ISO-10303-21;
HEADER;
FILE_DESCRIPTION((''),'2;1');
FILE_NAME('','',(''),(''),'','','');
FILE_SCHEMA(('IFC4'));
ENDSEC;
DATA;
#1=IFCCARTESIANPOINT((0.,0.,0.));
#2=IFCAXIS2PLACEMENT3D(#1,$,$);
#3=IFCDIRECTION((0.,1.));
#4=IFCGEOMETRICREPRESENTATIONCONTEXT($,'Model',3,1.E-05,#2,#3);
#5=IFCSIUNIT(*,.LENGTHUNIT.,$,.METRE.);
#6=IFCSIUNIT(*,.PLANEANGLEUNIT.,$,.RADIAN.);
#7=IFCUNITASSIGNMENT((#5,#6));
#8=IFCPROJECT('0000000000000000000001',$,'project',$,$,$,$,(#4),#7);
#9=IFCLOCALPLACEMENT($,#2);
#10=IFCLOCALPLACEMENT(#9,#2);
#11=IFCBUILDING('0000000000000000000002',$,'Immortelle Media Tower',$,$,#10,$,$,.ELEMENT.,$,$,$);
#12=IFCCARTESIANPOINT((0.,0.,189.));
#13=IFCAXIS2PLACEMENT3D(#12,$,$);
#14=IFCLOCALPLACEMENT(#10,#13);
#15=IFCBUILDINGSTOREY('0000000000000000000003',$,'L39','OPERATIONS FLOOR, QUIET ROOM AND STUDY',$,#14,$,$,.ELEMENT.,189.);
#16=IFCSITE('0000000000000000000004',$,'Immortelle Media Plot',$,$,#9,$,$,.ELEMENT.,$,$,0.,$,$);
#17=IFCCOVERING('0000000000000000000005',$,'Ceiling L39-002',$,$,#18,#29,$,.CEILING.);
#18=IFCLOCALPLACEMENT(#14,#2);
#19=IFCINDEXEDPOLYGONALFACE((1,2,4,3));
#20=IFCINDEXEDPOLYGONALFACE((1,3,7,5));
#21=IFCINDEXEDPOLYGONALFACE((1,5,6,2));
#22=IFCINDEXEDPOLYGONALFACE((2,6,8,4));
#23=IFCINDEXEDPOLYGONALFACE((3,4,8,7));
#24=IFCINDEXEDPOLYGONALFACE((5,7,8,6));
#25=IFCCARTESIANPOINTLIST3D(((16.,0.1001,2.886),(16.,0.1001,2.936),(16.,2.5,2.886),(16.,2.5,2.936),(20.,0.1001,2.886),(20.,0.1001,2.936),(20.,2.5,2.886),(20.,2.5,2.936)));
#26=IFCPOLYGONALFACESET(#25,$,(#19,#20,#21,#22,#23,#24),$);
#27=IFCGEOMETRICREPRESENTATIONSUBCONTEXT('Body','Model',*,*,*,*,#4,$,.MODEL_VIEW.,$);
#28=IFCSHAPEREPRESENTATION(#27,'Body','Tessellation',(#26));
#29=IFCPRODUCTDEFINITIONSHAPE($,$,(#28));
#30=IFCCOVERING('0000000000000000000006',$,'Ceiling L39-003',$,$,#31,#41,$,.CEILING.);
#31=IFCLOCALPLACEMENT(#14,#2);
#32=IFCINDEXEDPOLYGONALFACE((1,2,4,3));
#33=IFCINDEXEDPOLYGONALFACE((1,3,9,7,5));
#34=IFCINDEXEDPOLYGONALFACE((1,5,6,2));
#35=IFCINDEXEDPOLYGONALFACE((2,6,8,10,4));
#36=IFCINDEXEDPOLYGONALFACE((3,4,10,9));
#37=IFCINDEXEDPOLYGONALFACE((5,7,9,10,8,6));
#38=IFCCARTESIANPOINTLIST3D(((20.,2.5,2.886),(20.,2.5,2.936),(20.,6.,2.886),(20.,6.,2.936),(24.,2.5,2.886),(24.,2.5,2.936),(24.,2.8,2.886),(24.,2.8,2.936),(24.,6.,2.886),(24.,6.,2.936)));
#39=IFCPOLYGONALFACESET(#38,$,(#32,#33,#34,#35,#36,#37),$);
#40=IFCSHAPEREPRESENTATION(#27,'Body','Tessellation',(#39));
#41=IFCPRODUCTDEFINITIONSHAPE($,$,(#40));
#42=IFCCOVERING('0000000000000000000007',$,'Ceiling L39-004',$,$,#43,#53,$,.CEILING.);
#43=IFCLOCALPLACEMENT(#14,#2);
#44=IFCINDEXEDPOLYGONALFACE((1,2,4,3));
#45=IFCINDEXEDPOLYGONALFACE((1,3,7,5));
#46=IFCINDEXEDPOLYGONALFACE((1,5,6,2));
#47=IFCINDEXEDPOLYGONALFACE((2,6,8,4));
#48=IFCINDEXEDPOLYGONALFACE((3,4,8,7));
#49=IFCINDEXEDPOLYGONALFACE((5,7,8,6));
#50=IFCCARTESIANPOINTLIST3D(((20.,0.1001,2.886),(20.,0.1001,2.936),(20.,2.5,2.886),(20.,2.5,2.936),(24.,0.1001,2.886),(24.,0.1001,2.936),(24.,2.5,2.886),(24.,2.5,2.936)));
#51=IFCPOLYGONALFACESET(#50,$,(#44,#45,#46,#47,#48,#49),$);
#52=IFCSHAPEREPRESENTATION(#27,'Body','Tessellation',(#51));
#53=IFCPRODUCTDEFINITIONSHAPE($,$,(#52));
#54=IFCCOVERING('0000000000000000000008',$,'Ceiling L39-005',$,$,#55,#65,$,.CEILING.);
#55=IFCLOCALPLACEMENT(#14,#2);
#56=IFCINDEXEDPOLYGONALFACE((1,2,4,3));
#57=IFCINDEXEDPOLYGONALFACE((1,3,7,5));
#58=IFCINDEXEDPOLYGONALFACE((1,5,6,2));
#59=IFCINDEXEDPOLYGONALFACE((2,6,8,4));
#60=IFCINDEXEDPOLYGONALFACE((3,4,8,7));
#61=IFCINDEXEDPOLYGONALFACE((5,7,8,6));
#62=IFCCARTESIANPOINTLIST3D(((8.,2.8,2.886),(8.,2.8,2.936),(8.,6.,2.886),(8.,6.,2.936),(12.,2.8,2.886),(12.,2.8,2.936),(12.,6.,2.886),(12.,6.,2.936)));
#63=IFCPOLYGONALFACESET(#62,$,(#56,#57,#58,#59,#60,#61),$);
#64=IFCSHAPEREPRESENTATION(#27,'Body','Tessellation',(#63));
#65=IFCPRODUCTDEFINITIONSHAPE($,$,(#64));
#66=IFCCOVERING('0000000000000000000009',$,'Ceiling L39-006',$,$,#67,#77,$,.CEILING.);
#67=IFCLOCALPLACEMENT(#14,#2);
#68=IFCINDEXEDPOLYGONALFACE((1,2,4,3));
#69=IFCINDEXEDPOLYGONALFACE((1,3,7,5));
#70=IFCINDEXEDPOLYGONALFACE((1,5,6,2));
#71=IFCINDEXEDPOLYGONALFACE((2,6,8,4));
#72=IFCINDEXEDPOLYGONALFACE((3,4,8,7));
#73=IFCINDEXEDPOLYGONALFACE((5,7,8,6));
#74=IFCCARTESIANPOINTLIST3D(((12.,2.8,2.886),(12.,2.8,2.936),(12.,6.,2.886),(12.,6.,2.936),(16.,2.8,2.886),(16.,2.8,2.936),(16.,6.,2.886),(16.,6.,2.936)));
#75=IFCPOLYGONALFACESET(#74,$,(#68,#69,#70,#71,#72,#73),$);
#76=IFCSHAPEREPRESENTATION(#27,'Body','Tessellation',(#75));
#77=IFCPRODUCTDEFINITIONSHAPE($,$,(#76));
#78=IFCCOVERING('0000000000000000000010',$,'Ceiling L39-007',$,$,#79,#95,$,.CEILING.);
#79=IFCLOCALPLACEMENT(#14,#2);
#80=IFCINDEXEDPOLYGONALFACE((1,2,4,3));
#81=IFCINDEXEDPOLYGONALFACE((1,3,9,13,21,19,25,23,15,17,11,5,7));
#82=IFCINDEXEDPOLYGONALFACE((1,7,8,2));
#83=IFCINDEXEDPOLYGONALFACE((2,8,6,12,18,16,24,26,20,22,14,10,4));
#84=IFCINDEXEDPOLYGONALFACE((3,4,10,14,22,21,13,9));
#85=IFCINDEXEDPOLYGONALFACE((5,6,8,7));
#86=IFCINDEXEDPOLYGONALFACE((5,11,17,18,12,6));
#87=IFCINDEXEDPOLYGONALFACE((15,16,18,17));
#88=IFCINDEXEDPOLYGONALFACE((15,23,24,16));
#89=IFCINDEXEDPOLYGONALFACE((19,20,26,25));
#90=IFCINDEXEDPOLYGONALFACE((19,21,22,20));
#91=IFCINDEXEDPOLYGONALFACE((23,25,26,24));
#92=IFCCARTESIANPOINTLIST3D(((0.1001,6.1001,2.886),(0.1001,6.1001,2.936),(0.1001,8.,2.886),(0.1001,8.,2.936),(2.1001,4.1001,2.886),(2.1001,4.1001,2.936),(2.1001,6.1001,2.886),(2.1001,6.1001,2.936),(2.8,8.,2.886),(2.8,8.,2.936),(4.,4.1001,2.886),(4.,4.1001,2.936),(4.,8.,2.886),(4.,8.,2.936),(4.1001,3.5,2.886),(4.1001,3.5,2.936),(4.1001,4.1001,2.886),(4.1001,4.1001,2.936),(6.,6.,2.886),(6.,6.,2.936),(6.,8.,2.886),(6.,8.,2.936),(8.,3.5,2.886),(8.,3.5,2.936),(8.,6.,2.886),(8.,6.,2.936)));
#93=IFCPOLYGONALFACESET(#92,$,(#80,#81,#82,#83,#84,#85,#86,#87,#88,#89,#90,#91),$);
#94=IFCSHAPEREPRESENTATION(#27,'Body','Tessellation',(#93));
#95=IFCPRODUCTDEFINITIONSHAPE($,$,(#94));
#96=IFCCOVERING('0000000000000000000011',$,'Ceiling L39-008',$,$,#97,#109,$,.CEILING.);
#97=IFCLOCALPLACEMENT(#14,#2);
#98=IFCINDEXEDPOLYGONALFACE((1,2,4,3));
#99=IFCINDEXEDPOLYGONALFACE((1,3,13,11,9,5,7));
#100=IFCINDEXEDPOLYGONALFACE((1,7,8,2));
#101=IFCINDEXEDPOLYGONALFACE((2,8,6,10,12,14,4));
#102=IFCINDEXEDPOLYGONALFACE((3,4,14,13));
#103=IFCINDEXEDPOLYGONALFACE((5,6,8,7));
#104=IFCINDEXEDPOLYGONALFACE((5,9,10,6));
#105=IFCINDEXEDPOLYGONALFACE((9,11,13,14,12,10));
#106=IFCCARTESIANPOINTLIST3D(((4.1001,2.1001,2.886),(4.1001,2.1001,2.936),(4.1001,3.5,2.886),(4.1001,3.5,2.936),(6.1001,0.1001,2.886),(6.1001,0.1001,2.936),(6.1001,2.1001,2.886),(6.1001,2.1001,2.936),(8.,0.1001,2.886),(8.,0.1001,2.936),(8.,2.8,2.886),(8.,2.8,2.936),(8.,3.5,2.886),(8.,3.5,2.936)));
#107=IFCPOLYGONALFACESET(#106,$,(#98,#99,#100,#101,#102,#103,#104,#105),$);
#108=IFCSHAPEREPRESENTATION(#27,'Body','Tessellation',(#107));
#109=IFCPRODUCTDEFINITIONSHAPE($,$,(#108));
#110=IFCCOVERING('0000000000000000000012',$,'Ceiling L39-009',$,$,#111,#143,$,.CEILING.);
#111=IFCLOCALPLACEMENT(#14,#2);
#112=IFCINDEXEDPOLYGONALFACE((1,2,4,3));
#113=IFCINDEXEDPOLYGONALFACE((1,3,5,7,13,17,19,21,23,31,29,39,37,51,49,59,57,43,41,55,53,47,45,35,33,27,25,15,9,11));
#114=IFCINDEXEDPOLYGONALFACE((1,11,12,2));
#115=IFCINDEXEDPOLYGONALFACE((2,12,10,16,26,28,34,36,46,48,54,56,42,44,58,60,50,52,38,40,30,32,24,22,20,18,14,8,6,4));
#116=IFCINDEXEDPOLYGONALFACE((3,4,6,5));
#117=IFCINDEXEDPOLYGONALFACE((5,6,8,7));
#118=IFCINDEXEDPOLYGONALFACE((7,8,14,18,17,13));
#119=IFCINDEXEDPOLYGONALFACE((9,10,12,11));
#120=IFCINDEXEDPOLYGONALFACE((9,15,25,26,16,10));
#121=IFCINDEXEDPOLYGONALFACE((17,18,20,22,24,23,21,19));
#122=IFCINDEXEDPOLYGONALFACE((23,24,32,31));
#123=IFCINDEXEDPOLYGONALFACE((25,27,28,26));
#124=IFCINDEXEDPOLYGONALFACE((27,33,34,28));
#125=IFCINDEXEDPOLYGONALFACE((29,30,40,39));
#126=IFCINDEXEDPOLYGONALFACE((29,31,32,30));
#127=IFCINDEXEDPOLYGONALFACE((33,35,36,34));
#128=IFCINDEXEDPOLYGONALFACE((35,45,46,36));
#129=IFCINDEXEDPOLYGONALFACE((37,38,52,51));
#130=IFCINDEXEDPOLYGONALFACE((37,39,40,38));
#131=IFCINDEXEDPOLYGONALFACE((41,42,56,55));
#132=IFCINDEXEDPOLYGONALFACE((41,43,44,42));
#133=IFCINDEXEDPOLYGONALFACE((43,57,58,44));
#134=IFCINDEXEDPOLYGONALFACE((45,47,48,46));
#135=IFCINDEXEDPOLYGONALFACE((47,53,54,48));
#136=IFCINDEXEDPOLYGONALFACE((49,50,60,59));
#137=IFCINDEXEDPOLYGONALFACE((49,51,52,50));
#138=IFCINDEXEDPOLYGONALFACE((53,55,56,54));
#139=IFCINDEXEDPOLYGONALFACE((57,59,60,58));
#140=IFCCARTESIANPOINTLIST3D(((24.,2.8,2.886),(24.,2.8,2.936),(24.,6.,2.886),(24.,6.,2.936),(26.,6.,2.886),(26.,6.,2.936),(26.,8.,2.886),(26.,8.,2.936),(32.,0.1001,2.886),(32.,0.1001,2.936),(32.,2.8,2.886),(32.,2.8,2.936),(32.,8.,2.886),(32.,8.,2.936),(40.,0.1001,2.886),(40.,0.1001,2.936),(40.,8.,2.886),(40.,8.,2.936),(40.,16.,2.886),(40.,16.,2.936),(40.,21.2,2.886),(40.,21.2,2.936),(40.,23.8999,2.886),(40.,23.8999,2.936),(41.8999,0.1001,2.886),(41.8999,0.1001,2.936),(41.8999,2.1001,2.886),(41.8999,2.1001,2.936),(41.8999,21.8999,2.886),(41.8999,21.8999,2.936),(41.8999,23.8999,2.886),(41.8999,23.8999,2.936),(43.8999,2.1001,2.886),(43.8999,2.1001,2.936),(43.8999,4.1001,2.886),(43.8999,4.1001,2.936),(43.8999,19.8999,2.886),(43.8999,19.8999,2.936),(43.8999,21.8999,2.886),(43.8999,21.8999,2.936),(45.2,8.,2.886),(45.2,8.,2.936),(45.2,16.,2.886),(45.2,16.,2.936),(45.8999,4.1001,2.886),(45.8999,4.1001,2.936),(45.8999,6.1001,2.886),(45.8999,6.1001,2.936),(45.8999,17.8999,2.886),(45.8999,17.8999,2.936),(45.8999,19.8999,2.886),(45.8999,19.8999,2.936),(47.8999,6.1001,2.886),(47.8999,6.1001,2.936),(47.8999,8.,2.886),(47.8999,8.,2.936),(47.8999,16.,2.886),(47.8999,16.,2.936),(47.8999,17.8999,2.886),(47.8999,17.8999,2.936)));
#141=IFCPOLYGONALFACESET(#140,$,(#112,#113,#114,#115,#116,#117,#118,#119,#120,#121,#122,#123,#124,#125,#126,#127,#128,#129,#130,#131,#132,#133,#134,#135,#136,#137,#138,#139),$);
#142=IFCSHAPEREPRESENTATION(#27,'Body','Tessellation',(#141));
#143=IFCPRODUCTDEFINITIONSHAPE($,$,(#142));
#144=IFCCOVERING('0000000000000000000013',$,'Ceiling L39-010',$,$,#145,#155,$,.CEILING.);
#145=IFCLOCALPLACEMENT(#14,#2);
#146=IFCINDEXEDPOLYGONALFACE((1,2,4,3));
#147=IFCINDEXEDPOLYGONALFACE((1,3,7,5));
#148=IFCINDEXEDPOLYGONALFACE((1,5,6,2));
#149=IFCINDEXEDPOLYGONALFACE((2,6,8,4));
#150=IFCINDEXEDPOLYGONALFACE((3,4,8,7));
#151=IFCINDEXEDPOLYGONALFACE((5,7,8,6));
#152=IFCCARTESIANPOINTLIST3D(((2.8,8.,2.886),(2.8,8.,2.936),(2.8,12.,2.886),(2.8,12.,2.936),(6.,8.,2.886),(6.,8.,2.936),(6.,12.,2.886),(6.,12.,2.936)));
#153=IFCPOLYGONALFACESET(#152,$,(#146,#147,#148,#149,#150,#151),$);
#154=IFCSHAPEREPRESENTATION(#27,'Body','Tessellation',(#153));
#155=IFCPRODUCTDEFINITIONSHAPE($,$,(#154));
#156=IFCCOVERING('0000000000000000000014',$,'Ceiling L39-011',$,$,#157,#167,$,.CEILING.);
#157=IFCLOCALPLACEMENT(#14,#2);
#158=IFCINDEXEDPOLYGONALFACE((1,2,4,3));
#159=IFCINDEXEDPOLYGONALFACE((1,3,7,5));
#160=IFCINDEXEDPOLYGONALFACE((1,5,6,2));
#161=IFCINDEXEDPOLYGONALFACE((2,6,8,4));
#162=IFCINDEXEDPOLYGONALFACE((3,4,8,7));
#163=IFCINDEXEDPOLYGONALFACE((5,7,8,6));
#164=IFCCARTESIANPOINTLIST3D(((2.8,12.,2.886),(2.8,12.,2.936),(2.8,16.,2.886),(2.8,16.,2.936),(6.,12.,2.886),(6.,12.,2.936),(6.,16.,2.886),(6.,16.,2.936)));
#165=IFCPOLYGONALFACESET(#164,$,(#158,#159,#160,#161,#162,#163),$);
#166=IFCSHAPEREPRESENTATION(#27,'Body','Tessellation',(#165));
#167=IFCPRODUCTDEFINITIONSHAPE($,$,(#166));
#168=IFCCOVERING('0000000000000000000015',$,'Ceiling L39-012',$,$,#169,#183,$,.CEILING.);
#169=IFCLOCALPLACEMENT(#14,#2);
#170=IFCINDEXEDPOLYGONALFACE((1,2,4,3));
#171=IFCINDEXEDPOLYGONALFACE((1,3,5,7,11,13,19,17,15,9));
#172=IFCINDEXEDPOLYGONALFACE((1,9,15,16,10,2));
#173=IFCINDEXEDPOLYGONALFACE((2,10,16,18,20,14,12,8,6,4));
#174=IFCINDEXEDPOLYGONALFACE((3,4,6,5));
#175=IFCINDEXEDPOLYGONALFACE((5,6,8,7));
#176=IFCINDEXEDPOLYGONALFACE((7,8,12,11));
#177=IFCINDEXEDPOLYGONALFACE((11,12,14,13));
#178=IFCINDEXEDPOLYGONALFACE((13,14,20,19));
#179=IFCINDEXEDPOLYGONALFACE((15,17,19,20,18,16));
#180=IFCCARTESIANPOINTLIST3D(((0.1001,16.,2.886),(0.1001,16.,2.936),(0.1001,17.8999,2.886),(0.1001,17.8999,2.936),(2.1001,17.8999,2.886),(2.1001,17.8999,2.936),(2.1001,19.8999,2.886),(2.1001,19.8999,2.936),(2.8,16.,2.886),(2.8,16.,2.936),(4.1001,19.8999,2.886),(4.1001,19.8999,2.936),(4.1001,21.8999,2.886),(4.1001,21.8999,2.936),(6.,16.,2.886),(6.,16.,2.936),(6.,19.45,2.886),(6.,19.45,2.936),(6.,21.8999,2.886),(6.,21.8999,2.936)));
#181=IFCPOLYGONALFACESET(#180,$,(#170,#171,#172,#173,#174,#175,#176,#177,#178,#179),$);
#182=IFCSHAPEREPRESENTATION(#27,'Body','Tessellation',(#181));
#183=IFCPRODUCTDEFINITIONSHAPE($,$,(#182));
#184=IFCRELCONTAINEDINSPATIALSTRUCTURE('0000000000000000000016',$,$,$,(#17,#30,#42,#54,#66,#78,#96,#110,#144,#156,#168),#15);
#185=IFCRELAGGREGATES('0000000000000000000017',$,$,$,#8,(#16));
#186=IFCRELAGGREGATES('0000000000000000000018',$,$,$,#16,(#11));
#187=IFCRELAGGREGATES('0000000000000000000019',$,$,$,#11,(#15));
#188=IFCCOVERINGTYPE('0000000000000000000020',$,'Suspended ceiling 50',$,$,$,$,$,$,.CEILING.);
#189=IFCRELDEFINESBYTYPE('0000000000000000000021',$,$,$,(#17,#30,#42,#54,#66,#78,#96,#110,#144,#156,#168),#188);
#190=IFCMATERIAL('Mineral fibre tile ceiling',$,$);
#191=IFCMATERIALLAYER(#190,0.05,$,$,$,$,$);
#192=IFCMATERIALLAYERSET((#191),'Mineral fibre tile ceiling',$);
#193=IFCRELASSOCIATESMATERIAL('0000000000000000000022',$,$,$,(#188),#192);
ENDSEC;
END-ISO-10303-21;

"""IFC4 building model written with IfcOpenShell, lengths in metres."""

from ifc_helpers import new_model, si_unit, direction, frame, origin, place, context, subcontext, project, spatial, polyline, outline, extrude, material, layer, layer_set, type_object, element, save


model = new_model("IFC4")

# Units and contexts
model_context = context("Model", 3, precision=1e-05, world=origin(), true_north=direction((0.0, 1.0)))
body_context = subcontext(model_context, "Body", "Model", "MODEL_VIEW")
ifc_project = project(units=[si_unit("LENGTHUNIT", "METRE"), si_unit("PLANEANGLEUNIT", "RADIAN")], contexts=[model_context])

# Site, building, storey
site_placement = place(None, origin())
site = spatial("IfcSite", under=ifc_project, at=site_placement, Name="Immortelle Media Plot", CompositionType="ELEMENT", RefElevation=0.0)
building_placement = place(site_placement, origin())
building = spatial("IfcBuilding", under=site, at=building_placement, Name="Immortelle Media Tower", CompositionType="ELEMENT")
storey_placement = place(building_placement, frame((0.0, 0.0, 189.0)))
storey = spatial("IfcBuildingStorey", under=building, at=storey_placement, Name="L39", Description="OPERATIONS FLOOR, QUIET ROOM AND STUDY", CompositionType="ELEMENT", Elevation=189.0)

# Coverings
ifc_material_1 = material(Name="Mineral fibre tile ceiling")
ifc_layer_1 = layer(ifc_material_1, 0.05)
ifc_layer_set_1 = layer_set([ifc_layer_1], Name="Mineral fibre tile ceiling")
covering_type = type_object("IfcCoveringType", Name="Suspended ceiling 50", PredefinedType="CEILING", material=ifc_layer_set_1)
covering_1_placement = place(storey_placement, frame((0.0, 0.0, 2.886)))
element("IfcCovering", 1, at=covering_1_placement, inside=storey, type_object=covering_type, Name="Ceiling L39-002", PredefinedType="CEILING", context=body_context, shape_type="SweptSolid", body=[
    extrude(outline(polyline([(20.0, 0.1001), (16.0, 0.1001), (16.0, 2.5), (20.0, 2.5), (20.0, 0.1001)])), origin(), (0.0, 0.0, 1.0), 0.05),
])
covering_2_placement = place(storey_placement, frame((0.0, 0.0, 2.886)))
element("IfcCovering", 2, at=covering_2_placement, inside=storey, type_object=covering_type, Name="Ceiling L39-003", PredefinedType="CEILING", context=body_context, shape_type="SweptSolid", body=[
    extrude(outline(polyline([(24.0, 2.8), (24.0, 2.5), (20.0, 2.5), (20.0, 6.0), (24.0, 6.0), (24.0, 2.8)])), origin(), (0.0, 0.0, 1.0), 0.05),
])
covering_3_placement = place(storey_placement, frame((0.0, 0.0, 2.886)))
element("IfcCovering", 3, at=covering_3_placement, inside=storey, type_object=covering_type, Name="Ceiling L39-004", PredefinedType="CEILING", context=body_context, shape_type="SweptSolid", body=[
    extrude(outline(polyline([(24.0, 0.1001), (20.0, 0.1001), (20.0, 2.5), (24.0, 2.5), (24.0, 0.1001)])), origin(), (0.0, 0.0, 1.0), 0.05),
])
covering_4_placement = place(storey_placement, frame((0.0, 0.0, 2.886)))
element("IfcCovering", 4, at=covering_4_placement, inside=storey, type_object=covering_type, Name="Ceiling L39-005", PredefinedType="CEILING", context=body_context, shape_type="SweptSolid", body=[
    extrude(outline(polyline([(8.0, 6.0), (12.0, 6.0), (12.0, 2.8), (8.0, 2.8), (8.0, 6.0)])), origin(), (0.0, 0.0, 1.0), 0.05),
])
covering_5_placement = place(storey_placement, frame((0.0, 0.0, 2.886)))
element("IfcCovering", 5, at=covering_5_placement, inside=storey, type_object=covering_type, Name="Ceiling L39-006", PredefinedType="CEILING", context=body_context, shape_type="SweptSolid", body=[
    extrude(outline(polyline([(16.0, 6.0), (16.0, 2.8), (12.0, 2.8), (12.0, 6.0), (16.0, 6.0)])), origin(), (0.0, 0.0, 1.0), 0.05),
])
covering_6_placement = place(storey_placement, frame((0.0, 0.0, 2.886)))
element("IfcCovering", 6, at=covering_6_placement, inside=storey, type_object=covering_type, Name="Ceiling L39-007", PredefinedType="CEILING", context=body_context, shape_type="SweptSolid", body=[
    extrude(outline(polyline([(4.1001, 4.1001), (4.0, 4.1001), (2.1001, 4.1001), (2.1001, 6.1001), (0.1001, 6.1001), (0.1001, 8.0), (2.8, 8.0), (4.0, 8.0), (6.0, 8.0), (6.0, 6.0), (8.0, 6.0), (8.0, 3.5), (4.1001, 3.5), (4.1001, 4.1001)])), origin(), (0.0, 0.0, 1.0), 0.05),
])
covering_7_placement = place(storey_placement, frame((0.0, 0.0, 2.886)))
element("IfcCovering", 7, at=covering_7_placement, inside=storey, type_object=covering_type, Name="Ceiling L39-008", PredefinedType="CEILING", context=body_context, shape_type="SweptSolid", body=[
    extrude(outline(polyline([(4.1001, 3.5), (8.0, 3.5), (8.0, 2.8), (8.0, 0.1001), (6.1001, 0.1001), (6.1001, 2.1001), (4.1001, 2.1001), (4.1001, 3.5)])), origin(), (0.0, 0.0, 1.0), 0.05),
])
covering_8_placement = place(storey_placement, frame((0.0, 0.0, 2.886)))
element("IfcCovering", 8, at=covering_8_placement, inside=storey, type_object=covering_type, Name="Ceiling L39-009", PredefinedType="CEILING", context=body_context, shape_type="SweptSolid", body=[
    extrude(outline(polyline([(26.0, 6.0), (26.0, 8.0), (32.0, 8.0), (40.0, 8.0), (40.0, 16.0), (40.0, 21.2), (40.0, 23.8999), (41.8999, 23.8999), (41.8999, 21.8999), (43.8999, 21.8999), (43.8999, 19.8999), (45.8999, 19.8999), (45.8999, 17.8999), (47.8999, 17.8999), (47.8999, 16.0), (45.2, 16.0), (45.2, 8.0), (47.8999, 8.0), (47.8999, 6.1001), (45.8999, 6.1001), (45.8999, 4.1001), (43.8999, 4.1001), (43.8999, 2.1001), (41.8999, 2.1001), (41.8999, 0.1001), (40.0, 0.1001), (32.0, 0.1001), (32.0, 2.8), (24.0, 2.8), (24.0, 6.0), (26.0, 6.0)])), origin(), (0.0, 0.0, 1.0), 0.05),
])
covering_9_placement = place(storey_placement, frame((0.0, 0.0, 2.886)))
element("IfcCovering", 9, at=covering_9_placement, inside=storey, type_object=covering_type, Name="Ceiling L39-010", PredefinedType="CEILING", context=body_context, shape_type="SweptSolid", body=[
    extrude(outline(polyline([(2.8, 8.0), (2.8, 12.0), (6.0, 12.0), (6.0, 8.0), (2.8, 8.0)])), origin(), (0.0, 0.0, 1.0), 0.05),
])
covering_10_placement = place(storey_placement, frame((0.0, 0.0, 2.886)))
element("IfcCovering", 10, at=covering_10_placement, inside=storey, type_object=covering_type, Name="Ceiling L39-011", PredefinedType="CEILING", context=body_context, shape_type="SweptSolid", body=[
    extrude(outline(polyline([(2.8, 16.0), (6.0, 16.0), (6.0, 12.0), (2.8, 12.0), (2.8, 16.0)])), origin(), (0.0, 0.0, 1.0), 0.05),
])
covering_11_placement = place(storey_placement, frame((0.0, 0.0, 2.886)))
element("IfcCovering", 11, at=covering_11_placement, inside=storey, type_object=covering_type, Name="Ceiling L39-012", PredefinedType="CEILING", context=body_context, shape_type="SweptSolid", body=[
    extrude(outline(polyline([(2.1001, 17.8999), (2.1001, 19.8999), (4.1001, 19.8999), (4.1001, 21.8999), (6.0, 21.8999), (6.0, 19.45), (6.0, 16.0), (2.8, 16.0), (0.1001, 16.0), (0.1001, 17.8999), (2.1001, 17.8999)])), origin(), (0.0, 0.0, 1.0), 0.05),
])

save(model, "model.ifc")
